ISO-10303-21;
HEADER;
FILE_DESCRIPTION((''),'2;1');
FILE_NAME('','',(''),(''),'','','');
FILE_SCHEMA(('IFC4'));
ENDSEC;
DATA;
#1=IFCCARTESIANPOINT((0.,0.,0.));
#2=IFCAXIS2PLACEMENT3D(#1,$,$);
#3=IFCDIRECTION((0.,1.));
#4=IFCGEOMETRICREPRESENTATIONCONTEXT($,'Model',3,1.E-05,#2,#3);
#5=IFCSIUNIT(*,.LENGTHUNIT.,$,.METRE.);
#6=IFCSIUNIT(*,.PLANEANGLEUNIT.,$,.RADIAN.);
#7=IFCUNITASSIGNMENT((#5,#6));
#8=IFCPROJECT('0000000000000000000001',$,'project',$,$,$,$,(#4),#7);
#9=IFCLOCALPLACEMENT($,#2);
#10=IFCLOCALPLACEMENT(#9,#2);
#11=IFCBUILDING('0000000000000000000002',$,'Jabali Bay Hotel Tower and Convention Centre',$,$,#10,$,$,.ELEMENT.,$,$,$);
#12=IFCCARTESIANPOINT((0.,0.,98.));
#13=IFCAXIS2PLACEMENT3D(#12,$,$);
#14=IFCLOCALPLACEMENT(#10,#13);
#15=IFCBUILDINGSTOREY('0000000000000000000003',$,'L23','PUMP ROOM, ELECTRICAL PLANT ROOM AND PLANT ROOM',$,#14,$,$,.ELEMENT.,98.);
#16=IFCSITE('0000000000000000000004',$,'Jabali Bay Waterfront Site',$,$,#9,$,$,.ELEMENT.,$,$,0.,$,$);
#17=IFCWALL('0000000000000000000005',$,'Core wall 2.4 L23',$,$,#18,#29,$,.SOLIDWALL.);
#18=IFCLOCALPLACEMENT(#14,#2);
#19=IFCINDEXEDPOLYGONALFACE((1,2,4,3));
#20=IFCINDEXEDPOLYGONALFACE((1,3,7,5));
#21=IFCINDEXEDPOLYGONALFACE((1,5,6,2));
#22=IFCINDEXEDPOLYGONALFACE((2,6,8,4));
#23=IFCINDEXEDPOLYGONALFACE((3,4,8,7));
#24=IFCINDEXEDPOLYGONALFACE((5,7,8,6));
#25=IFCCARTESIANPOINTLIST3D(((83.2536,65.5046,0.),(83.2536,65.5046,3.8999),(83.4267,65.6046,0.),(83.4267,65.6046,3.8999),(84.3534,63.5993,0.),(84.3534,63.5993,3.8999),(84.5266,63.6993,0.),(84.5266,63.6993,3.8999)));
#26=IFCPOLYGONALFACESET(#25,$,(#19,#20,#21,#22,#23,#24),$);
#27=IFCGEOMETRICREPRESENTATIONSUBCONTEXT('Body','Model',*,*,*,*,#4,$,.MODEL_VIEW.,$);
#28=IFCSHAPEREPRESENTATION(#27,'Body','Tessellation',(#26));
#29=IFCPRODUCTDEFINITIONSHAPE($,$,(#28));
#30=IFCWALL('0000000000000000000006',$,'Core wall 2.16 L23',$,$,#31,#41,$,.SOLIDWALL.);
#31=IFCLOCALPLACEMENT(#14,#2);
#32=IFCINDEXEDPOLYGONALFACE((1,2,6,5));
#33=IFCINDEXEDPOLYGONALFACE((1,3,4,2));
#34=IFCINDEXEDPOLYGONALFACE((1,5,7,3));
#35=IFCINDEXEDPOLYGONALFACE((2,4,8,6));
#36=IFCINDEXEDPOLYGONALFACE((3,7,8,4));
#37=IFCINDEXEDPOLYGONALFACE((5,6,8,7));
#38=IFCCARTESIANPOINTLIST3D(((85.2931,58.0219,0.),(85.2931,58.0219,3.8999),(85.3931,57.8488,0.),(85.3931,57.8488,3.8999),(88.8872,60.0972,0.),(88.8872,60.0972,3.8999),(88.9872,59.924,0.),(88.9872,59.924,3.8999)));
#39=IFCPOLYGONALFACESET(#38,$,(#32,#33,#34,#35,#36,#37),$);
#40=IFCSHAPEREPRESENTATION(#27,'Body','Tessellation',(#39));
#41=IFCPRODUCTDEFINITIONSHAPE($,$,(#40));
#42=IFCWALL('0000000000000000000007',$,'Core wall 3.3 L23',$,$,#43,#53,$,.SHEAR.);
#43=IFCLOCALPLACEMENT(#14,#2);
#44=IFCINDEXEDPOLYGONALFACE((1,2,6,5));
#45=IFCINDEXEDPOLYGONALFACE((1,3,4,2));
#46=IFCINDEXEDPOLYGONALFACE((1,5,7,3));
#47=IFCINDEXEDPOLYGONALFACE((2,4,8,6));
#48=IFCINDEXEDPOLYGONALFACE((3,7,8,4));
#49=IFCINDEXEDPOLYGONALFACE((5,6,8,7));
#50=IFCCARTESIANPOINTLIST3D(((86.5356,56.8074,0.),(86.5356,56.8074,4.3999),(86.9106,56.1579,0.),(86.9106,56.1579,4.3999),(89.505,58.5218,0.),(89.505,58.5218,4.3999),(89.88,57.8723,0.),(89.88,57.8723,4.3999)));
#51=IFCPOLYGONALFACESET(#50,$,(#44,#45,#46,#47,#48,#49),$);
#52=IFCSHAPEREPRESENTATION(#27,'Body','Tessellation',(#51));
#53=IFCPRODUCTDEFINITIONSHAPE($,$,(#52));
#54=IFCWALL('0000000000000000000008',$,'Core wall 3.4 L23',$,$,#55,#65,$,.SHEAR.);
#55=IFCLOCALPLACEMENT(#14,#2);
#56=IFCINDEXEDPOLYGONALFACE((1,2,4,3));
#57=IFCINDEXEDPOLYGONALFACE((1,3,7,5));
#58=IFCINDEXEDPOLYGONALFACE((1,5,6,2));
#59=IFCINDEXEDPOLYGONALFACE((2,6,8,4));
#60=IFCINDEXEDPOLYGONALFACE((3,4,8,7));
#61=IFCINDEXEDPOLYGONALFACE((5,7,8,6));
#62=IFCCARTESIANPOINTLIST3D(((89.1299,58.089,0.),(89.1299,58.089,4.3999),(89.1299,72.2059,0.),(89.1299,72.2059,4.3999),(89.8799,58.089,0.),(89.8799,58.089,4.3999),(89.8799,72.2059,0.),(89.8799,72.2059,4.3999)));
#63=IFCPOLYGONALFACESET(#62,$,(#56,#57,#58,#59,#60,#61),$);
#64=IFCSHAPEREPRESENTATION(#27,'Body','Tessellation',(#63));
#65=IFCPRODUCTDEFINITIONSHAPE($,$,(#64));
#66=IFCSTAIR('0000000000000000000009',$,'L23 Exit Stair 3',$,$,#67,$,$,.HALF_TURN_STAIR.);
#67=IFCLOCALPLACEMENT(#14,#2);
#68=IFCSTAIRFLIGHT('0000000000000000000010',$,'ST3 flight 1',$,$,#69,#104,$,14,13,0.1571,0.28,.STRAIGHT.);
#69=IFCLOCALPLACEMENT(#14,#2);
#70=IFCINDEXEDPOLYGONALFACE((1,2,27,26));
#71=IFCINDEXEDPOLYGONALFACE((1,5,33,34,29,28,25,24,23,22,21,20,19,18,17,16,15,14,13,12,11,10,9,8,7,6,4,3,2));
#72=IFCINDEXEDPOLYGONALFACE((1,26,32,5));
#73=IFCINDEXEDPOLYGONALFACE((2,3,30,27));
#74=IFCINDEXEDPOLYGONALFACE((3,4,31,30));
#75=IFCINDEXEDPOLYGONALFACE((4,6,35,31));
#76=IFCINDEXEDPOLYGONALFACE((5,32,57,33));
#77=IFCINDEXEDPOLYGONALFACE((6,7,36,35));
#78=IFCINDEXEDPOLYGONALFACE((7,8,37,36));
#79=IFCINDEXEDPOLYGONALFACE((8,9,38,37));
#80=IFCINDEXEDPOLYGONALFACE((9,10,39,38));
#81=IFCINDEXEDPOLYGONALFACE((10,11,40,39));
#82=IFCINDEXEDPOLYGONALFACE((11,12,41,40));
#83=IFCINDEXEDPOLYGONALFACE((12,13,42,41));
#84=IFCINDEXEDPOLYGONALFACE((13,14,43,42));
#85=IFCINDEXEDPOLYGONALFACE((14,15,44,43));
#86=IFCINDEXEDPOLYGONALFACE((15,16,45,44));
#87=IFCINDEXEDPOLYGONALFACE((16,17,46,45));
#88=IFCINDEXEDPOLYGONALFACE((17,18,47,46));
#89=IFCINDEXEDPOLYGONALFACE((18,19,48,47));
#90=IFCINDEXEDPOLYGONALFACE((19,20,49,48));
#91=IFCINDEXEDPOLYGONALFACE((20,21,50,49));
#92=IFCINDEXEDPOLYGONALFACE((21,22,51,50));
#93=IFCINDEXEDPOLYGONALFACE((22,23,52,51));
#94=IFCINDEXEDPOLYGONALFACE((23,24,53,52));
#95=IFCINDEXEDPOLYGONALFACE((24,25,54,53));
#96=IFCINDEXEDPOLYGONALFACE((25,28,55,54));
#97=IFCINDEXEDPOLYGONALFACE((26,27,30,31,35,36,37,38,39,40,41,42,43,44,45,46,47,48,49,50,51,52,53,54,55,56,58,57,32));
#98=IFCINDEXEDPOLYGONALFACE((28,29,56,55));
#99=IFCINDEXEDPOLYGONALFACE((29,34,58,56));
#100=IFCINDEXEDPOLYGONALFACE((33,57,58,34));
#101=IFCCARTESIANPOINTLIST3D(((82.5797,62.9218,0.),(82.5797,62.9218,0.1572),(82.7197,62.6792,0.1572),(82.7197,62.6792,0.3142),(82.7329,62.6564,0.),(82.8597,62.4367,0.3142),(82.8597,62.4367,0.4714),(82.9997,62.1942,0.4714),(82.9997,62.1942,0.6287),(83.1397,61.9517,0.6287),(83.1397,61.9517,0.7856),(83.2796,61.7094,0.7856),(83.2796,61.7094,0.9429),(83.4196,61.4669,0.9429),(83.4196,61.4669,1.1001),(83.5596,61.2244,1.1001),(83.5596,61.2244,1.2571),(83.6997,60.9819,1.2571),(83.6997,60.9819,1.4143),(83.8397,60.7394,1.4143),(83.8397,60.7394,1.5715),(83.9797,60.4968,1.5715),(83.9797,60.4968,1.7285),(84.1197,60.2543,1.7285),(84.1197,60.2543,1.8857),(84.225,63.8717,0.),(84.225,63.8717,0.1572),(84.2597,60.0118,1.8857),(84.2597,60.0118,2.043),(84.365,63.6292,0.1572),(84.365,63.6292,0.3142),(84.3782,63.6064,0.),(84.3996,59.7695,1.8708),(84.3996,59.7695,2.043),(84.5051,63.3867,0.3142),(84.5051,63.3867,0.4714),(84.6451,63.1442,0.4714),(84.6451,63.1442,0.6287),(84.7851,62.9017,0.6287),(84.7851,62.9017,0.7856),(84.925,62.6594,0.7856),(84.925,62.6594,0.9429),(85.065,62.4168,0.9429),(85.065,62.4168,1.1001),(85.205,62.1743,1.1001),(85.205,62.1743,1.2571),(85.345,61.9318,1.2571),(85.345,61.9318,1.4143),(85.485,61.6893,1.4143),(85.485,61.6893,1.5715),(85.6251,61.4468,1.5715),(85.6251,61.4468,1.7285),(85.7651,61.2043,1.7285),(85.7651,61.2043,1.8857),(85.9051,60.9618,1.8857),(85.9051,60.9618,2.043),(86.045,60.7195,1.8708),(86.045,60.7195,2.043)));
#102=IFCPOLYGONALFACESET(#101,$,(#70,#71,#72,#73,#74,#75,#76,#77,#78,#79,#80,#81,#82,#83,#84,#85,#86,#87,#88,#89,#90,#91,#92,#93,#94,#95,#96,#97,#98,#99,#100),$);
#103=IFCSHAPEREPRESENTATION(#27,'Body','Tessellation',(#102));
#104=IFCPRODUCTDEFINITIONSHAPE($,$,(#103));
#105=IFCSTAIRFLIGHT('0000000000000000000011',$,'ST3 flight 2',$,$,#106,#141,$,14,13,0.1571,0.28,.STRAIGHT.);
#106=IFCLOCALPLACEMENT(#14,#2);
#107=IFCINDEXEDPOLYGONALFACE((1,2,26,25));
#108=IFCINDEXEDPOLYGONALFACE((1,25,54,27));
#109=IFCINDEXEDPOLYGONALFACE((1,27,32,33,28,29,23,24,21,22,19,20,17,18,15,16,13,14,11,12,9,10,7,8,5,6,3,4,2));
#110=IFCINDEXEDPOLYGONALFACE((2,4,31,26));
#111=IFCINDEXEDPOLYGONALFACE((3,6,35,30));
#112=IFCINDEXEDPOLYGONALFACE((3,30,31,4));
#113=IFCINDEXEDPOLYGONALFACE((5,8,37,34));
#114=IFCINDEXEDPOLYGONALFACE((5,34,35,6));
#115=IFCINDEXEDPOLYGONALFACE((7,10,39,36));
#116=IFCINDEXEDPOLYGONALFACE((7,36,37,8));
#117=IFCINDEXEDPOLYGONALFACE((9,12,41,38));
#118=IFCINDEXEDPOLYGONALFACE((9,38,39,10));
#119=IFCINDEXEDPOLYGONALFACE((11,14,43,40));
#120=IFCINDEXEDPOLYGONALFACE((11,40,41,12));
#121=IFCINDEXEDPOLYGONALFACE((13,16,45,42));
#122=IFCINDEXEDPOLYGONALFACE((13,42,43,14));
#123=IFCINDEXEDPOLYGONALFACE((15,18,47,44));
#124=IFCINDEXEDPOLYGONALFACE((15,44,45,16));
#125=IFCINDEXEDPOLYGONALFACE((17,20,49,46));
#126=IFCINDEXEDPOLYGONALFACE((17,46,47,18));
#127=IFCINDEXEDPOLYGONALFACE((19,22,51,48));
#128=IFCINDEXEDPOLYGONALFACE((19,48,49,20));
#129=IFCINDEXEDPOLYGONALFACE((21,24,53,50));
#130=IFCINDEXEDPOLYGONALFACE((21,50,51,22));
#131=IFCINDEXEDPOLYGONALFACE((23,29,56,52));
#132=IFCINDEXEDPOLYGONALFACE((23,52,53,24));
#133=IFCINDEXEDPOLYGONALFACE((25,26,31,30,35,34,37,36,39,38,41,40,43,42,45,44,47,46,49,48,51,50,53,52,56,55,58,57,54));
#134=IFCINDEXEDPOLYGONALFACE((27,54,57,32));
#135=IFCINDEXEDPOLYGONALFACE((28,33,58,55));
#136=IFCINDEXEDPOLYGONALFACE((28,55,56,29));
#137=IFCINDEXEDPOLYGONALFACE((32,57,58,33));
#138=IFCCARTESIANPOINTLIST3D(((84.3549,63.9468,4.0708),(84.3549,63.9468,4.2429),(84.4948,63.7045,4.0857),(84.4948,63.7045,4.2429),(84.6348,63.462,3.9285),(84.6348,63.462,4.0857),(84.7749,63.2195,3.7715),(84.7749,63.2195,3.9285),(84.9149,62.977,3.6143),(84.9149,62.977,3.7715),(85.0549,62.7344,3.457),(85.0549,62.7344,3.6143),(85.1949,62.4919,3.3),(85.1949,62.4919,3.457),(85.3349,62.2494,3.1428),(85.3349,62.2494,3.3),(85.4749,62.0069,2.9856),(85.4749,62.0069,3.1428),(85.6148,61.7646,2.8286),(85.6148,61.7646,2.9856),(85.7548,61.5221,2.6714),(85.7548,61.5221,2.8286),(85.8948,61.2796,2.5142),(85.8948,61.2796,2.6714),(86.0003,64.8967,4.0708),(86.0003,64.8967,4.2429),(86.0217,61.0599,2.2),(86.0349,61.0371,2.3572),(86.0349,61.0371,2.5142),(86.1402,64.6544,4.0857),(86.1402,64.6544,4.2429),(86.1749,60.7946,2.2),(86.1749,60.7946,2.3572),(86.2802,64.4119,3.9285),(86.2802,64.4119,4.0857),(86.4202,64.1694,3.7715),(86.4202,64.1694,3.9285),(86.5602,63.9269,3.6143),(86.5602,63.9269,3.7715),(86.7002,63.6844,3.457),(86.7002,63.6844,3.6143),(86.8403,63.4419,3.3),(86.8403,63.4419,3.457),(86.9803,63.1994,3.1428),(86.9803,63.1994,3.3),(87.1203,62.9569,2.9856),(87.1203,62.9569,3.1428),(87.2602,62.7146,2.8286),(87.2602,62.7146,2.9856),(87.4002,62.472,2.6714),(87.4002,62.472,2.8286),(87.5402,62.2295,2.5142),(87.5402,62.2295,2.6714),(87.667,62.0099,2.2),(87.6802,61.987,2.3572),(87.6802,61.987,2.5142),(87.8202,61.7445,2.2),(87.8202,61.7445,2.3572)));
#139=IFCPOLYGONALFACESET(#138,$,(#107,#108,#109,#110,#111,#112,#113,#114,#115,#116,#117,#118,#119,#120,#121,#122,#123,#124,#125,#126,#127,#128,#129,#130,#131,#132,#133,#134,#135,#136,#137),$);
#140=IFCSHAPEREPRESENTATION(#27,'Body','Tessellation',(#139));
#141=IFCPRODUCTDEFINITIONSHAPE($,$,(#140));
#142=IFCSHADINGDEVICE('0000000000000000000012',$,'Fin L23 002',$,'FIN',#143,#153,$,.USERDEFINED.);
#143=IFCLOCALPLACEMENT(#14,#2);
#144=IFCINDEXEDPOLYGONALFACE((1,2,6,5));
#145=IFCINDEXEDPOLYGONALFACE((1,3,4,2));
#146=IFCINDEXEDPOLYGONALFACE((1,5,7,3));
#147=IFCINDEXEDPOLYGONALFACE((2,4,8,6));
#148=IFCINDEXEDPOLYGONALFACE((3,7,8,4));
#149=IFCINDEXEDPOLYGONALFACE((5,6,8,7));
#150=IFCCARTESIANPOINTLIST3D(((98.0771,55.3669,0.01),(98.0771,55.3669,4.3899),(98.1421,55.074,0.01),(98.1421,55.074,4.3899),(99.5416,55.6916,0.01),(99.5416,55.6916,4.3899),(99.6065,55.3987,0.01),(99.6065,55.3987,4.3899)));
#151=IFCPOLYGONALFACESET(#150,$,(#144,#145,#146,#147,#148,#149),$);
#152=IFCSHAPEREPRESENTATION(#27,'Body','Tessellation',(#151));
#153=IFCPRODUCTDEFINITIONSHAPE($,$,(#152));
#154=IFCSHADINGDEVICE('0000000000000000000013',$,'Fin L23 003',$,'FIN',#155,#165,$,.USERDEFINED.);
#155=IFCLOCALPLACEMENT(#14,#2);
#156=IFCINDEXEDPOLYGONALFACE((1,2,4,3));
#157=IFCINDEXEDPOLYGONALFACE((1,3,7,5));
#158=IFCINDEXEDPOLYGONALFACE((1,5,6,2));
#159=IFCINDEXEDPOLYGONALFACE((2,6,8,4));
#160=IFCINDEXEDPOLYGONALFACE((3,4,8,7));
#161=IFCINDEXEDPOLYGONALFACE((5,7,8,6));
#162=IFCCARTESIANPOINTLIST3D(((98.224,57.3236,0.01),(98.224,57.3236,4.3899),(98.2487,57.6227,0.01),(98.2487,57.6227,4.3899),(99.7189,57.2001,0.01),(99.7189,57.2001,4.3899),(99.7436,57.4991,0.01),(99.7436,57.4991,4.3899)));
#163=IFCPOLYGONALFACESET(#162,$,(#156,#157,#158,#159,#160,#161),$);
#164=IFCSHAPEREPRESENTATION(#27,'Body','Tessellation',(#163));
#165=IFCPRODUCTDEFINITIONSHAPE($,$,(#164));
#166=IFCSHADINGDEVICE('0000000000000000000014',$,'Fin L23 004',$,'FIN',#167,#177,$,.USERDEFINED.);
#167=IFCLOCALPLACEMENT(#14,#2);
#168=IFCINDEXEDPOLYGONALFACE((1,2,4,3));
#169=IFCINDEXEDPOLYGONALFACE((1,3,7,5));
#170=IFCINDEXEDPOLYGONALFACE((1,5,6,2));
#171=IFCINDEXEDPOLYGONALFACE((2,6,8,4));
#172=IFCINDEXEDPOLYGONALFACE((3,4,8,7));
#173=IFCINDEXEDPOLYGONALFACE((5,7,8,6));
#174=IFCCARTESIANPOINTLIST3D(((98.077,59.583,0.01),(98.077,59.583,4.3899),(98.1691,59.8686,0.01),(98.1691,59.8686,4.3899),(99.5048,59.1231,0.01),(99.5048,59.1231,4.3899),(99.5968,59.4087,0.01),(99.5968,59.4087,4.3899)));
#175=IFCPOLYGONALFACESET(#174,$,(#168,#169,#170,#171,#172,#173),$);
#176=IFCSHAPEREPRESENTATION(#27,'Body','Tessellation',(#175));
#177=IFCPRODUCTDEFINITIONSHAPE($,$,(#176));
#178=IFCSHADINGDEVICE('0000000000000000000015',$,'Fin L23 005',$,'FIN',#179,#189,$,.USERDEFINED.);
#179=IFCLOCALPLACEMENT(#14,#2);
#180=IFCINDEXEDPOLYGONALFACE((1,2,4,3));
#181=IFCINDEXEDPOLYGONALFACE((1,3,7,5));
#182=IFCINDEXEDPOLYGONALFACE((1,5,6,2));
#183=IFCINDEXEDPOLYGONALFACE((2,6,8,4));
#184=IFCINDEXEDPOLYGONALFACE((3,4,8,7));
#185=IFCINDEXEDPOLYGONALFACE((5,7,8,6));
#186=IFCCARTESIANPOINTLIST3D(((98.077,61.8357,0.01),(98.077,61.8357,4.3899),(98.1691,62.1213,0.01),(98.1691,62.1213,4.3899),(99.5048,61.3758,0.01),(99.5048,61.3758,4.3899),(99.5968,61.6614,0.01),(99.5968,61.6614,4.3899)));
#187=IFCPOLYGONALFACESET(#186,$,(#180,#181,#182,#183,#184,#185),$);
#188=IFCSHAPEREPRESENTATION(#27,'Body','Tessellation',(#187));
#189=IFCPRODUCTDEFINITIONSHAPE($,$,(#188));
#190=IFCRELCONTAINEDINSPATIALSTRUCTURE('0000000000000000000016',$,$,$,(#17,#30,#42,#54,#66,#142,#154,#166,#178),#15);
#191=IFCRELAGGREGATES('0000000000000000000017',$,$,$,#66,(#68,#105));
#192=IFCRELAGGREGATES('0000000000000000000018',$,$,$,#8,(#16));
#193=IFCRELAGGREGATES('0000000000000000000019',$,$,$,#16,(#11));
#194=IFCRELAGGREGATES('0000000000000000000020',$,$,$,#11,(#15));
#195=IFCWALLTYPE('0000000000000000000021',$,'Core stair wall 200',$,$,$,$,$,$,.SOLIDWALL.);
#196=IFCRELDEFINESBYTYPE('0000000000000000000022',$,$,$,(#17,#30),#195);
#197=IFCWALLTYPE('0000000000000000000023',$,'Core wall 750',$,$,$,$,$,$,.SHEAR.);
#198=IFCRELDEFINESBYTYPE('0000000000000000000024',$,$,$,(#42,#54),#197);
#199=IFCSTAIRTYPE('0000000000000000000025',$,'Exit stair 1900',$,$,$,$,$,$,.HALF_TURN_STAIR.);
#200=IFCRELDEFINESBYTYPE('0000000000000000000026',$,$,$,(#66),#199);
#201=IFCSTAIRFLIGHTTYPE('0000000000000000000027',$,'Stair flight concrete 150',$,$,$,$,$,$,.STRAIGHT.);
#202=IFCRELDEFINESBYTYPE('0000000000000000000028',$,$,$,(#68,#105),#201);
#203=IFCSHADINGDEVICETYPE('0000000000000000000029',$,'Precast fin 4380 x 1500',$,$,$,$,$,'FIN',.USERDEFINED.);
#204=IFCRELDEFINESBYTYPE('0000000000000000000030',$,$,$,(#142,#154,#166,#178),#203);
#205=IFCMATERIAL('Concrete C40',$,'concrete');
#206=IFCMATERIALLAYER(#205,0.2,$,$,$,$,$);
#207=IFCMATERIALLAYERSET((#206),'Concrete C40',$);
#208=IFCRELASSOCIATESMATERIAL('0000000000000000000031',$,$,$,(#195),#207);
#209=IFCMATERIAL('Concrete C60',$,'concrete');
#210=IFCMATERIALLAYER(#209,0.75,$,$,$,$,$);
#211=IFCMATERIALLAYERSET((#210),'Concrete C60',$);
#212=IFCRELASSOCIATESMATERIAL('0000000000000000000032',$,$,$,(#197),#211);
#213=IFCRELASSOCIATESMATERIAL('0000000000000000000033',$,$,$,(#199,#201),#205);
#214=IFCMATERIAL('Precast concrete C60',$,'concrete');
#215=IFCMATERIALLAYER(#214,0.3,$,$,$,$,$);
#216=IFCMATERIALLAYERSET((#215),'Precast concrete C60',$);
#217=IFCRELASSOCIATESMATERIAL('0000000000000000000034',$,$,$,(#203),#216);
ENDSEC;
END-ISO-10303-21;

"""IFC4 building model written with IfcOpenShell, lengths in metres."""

from ifc_helpers import new_model, si_unit, direction, frame, frame_2d, origin, place, context, subcontext, project, spatial, polyline, rectangle, outline, extrude, material, layer, layer_set, type_object, element, aggregate, save


model = new_model("IFC4")

# Units and contexts
model_context = context("Model", 3, precision=1e-05, world=origin(), true_north=direction((0.0, 1.0)))
body_context = subcontext(model_context, "Body", "Model", "MODEL_VIEW")
ifc_project = project(units=[si_unit("LENGTHUNIT", "METRE"), si_unit("PLANEANGLEUNIT", "RADIAN")], contexts=[model_context])

# Site, building, storey
site_placement = place(None, origin())
site = spatial("IfcSite", under=ifc_project, at=site_placement, Name="Jabali Bay Waterfront Site", CompositionType="ELEMENT", RefElevation=0.0)
building_placement = place(site_placement, origin())
building = spatial("IfcBuilding", under=site, at=building_placement, Name="Jabali Bay Hotel Tower and Convention Centre", CompositionType="ELEMENT")
storey_placement = place(building_placement, frame((0.0, 0.0, 98.0)))
storey = spatial("IfcBuildingStorey", under=building, at=storey_placement, Name="L23", Description="PUMP ROOM, ELECTRICAL PLANT ROOM AND PLANT ROOM", CompositionType="ELEMENT", Elevation=98.0)

# Shared definitions
ifc_material_1 = material(Name="Concrete C60", Category="concrete")

# Shared definitions
ifc_material_2 = material(Name="Concrete C40", Category="concrete")

# Shared definitions
ifc_layer_1 = layer(ifc_material_2, 0.2)
ifc_layer_set_1 = layer_set([ifc_layer_1], Name="Concrete C40")
wall_type_1 = type_object("IfcWallType", Name="Core stair wall 200", PredefinedType="SOLIDWALL", material=ifc_layer_set_1)

# Walls
wall_1_placement = place(storey_placement, frame((83.3401, 65.5547, 0.0), z_axis=(0.0, 0.0, 1.0), x_axis=(0.499947, -0.866056, 0.0)))
element("IfcWall", 1, at=wall_1_placement, inside=storey, type_object=wall_type_1, Name="Core wall 2.4 L23", PredefinedType="SOLIDWALL", context=body_context, shape_type="SweptSolid", body=[
    extrude(rectangle(XDim=2.2, YDim=0.2, at=frame_2d((1.1001, 0.0))), origin(), (0.0, 0.0, 1.0), 3.8999),
])
wall_2_placement = place(storey_placement, frame((85.343, 57.9353, 0.0), z_axis=(0.0, 0.0, 1.0), x_axis=(0.866004, 0.500036, 0.0)))
element("IfcWall", 2, at=wall_2_placement, inside=storey, type_object=wall_type_1, Name="Core wall 2.16 L23", PredefinedType="SOLIDWALL", context=body_context, shape_type="SweptSolid", body=[
    extrude(rectangle(XDim=4.1501, YDim=0.2, at=frame_2d((2.0752, 0.0))), origin(), (0.0, 0.0, 1.0), 3.8999),
])
ifc_layer_2 = layer(ifc_material_1, 0.75)
ifc_layer_set_2 = layer_set([ifc_layer_2], Name="Concrete C60")
wall_type_2 = type_object("IfcWallType", Name="Core wall 750", PredefinedType="SHEAR", material=ifc_layer_set_2)
wall_3_placement = place(storey_placement, frame((86.7231, 56.4827, 0.0), z_axis=(0.0, 0.0, 1.0), x_axis=(0.866017, 0.500014, 0.0)))
element("IfcWall", 3, at=wall_3_placement, inside=storey, type_object=wall_type_2, Name="Core wall 3.3 L23", PredefinedType="SHEAR", context=body_context, shape_type="SweptSolid", body=[
    extrude(rectangle(XDim=3.4287, YDim=0.75, at=frame_2d((1.7144, 0.0))), origin(), (0.0, 0.0, 1.0), 4.3999),
])
wall_4_placement = place(storey_placement, frame((89.5049, 58.0889, 0.0), z_axis=(0.0, 0.0, 1.0), x_axis=(0.0, 1.0, 0.0)))
element("IfcWall", 4, at=wall_4_placement, inside=storey, type_object=wall_type_2, Name="Core wall 3.4 L23", PredefinedType="SHEAR", context=body_context, shape_type="SweptSolid", body=[
    extrude(rectangle(XDim=14.1169, YDim=0.75, at=frame_2d((7.0586, 0.0))), origin(), (0.0, 0.0, 1.0), 4.3999),
])

# Stair, stair flights
stair_type = type_object("IfcStairType", Name="Exit stair 1900", PredefinedType="HALF_TURN_STAIR", material=ifc_material_2)
stair_placement = place(storey_placement, origin())
stair = element("IfcStair", 5, at=stair_placement, inside=storey, type_object=stair_type, Name="L23 Exit Stair 3", PredefinedType="HALF_TURN_STAIR")
stair_flight_type = type_object("IfcStairFlightType", Name="Stair flight concrete 150", PredefinedType="STRAIGHT", material=ifc_material_2)
stair_flight_1_placement = place(storey_placement, frame((83.4023, 63.3967, 0.0), z_axis=(0.0, 0.0, 1.0), x_axis=(0.5, -0.866025, 0.0)))
stair_flight_1 = element("IfcStairFlight", 6, at=stair_flight_1_placement, type_object=stair_flight_type, Name="ST3 flight 1", NumberOfRisers=14, NumberOfTreads=13, PredefinedType="STRAIGHT", RiserHeight=0.1571, TreadLength=0.28, context=body_context, shape_type="SweptSolid", body=[
    extrude(outline(polyline([(0.0, 0.0), (0.0, 0.1572), (0.28, 0.1572), (0.28, 0.3142), (0.5601, 0.3142), (0.5601, 0.4714), (0.8401, 0.4714), (0.8401, 0.6287), (1.1201, 0.6287), (1.1201, 0.7856), (1.3999, 0.7856), (1.3999, 0.9429), (1.6799, 0.9429), (1.6799, 1.1001), (1.96, 1.1001), (1.96, 1.2571), (2.24, 1.2571), (2.24, 1.4143), (2.52, 1.4143), (2.52, 1.5715), (2.8, 1.5715), (2.8, 1.7285), (3.0801, 1.7285), (3.0801, 1.8857), (3.3601, 1.8857), (3.3601, 2.043), (3.6399, 2.043), (3.6399, 2.2), (3.6399, 1.8708), (0.3064, 0.0), (0.0, 0.0)])), frame((0.0, 0.95, 0.0), z_axis=(0.0, -1.0, 0.0), x_axis=(1.0, 0.0, 0.0)), (0.0, 0.0, 1.0), 1.8999),
])
stair_flight_2_placement = place(storey_placement, frame((86.9976, 61.2695, 2.2), z_axis=(0.0, 0.0, 1.0), x_axis=(-0.5, 0.866025, 0.0)))
stair_flight_2 = element("IfcStairFlight", 7, at=stair_flight_2_placement, type_object=stair_flight_type, Name="ST3 flight 2", NumberOfRisers=14, NumberOfTreads=13, PredefinedType="STRAIGHT", RiserHeight=0.1571, TreadLength=0.28, context=body_context, shape_type="SweptSolid", body=[
    extrude(outline(polyline([(0.0, 0.0), (0.0, 0.1572), (0.28, 0.1572), (0.28, 0.3142), (0.5601, 0.3142), (0.5601, 0.4714), (0.8401, 0.4714), (0.8401, 0.6287), (1.1201, 0.6287), (1.1201, 0.7856), (1.3999, 0.7856), (1.3999, 0.9429), (1.6799, 0.9429), (1.6799, 1.1001), (1.96, 1.1001), (1.96, 1.2571), (2.24, 1.2571), (2.24, 1.4143), (2.52, 1.4143), (2.52, 1.5715), (2.8, 1.5715), (2.8, 1.7285), (3.0801, 1.7285), (3.0801, 1.8857), (3.3601, 1.8857), (3.3601, 2.043), (3.6399, 2.043), (3.6399, 2.2), (3.6399, 1.8708), (0.3064, 0.0), (0.0, 0.0)])), frame((0.0, 0.95, 0.0), z_axis=(0.0, -1.0, 0.0), x_axis=(1.0, 0.0, 0.0)), (0.0, 0.0, 1.0), 1.8999),
])
aggregate(stair, [stair_flight_1, stair_flight_2])

# Shading devices
ifc_material_3 = material(Name="Precast concrete C60", Category="concrete")
ifc_layer_3 = layer(ifc_material_3, 0.3)
ifc_layer_set_3 = layer_set([ifc_layer_3], Name="Precast concrete C60")
shading_device_type = type_object("IfcShadingDeviceType", Name="Precast fin 4380 x 1500", ElementType="FIN", PredefinedType="USERDEFINED", material=ifc_layer_set_3)
for number, where, z_axis, x_axis, name in (
    (8, (98.1096, 55.2205, 0.01), (0.0, 0.0, 1.0), (0.976287, 0.216482, 0.0), "Fin L23 002"),
    (9, (98.2363, 57.4731, 0.01), (0.0, 0.0, 1.0), (0.996603, -0.082358, 0.0), "Fin L23 003"),
    (10, (98.123, 59.7258, 0.01), (0.0, 0.0, 1.0), (0.951825, -0.306641, 0.0), "Fin L23 004"),
    (11, (98.123, 61.9785, 0.01), (0.0, 0.0, 1.0), (0.951825, -0.306641, 0.0), "Fin L23 005"),
):
    element("IfcShadingDevice", number, at=place(storey_placement, frame(where, z_axis=z_axis, x_axis=x_axis)), inside=storey, type_object=shading_device_type, Name=name, ObjectType="FIN", PredefinedType="USERDEFINED", context=body_context, shape_type="SweptSolid", body=[
        extrude(rectangle(XDim=1.5, YDim=0.3, at=frame_2d((0.75, 0.0))), origin(), (0.0, 0.0, 1.0), 4.3799),
    ])

save(model, "model.ifc")
